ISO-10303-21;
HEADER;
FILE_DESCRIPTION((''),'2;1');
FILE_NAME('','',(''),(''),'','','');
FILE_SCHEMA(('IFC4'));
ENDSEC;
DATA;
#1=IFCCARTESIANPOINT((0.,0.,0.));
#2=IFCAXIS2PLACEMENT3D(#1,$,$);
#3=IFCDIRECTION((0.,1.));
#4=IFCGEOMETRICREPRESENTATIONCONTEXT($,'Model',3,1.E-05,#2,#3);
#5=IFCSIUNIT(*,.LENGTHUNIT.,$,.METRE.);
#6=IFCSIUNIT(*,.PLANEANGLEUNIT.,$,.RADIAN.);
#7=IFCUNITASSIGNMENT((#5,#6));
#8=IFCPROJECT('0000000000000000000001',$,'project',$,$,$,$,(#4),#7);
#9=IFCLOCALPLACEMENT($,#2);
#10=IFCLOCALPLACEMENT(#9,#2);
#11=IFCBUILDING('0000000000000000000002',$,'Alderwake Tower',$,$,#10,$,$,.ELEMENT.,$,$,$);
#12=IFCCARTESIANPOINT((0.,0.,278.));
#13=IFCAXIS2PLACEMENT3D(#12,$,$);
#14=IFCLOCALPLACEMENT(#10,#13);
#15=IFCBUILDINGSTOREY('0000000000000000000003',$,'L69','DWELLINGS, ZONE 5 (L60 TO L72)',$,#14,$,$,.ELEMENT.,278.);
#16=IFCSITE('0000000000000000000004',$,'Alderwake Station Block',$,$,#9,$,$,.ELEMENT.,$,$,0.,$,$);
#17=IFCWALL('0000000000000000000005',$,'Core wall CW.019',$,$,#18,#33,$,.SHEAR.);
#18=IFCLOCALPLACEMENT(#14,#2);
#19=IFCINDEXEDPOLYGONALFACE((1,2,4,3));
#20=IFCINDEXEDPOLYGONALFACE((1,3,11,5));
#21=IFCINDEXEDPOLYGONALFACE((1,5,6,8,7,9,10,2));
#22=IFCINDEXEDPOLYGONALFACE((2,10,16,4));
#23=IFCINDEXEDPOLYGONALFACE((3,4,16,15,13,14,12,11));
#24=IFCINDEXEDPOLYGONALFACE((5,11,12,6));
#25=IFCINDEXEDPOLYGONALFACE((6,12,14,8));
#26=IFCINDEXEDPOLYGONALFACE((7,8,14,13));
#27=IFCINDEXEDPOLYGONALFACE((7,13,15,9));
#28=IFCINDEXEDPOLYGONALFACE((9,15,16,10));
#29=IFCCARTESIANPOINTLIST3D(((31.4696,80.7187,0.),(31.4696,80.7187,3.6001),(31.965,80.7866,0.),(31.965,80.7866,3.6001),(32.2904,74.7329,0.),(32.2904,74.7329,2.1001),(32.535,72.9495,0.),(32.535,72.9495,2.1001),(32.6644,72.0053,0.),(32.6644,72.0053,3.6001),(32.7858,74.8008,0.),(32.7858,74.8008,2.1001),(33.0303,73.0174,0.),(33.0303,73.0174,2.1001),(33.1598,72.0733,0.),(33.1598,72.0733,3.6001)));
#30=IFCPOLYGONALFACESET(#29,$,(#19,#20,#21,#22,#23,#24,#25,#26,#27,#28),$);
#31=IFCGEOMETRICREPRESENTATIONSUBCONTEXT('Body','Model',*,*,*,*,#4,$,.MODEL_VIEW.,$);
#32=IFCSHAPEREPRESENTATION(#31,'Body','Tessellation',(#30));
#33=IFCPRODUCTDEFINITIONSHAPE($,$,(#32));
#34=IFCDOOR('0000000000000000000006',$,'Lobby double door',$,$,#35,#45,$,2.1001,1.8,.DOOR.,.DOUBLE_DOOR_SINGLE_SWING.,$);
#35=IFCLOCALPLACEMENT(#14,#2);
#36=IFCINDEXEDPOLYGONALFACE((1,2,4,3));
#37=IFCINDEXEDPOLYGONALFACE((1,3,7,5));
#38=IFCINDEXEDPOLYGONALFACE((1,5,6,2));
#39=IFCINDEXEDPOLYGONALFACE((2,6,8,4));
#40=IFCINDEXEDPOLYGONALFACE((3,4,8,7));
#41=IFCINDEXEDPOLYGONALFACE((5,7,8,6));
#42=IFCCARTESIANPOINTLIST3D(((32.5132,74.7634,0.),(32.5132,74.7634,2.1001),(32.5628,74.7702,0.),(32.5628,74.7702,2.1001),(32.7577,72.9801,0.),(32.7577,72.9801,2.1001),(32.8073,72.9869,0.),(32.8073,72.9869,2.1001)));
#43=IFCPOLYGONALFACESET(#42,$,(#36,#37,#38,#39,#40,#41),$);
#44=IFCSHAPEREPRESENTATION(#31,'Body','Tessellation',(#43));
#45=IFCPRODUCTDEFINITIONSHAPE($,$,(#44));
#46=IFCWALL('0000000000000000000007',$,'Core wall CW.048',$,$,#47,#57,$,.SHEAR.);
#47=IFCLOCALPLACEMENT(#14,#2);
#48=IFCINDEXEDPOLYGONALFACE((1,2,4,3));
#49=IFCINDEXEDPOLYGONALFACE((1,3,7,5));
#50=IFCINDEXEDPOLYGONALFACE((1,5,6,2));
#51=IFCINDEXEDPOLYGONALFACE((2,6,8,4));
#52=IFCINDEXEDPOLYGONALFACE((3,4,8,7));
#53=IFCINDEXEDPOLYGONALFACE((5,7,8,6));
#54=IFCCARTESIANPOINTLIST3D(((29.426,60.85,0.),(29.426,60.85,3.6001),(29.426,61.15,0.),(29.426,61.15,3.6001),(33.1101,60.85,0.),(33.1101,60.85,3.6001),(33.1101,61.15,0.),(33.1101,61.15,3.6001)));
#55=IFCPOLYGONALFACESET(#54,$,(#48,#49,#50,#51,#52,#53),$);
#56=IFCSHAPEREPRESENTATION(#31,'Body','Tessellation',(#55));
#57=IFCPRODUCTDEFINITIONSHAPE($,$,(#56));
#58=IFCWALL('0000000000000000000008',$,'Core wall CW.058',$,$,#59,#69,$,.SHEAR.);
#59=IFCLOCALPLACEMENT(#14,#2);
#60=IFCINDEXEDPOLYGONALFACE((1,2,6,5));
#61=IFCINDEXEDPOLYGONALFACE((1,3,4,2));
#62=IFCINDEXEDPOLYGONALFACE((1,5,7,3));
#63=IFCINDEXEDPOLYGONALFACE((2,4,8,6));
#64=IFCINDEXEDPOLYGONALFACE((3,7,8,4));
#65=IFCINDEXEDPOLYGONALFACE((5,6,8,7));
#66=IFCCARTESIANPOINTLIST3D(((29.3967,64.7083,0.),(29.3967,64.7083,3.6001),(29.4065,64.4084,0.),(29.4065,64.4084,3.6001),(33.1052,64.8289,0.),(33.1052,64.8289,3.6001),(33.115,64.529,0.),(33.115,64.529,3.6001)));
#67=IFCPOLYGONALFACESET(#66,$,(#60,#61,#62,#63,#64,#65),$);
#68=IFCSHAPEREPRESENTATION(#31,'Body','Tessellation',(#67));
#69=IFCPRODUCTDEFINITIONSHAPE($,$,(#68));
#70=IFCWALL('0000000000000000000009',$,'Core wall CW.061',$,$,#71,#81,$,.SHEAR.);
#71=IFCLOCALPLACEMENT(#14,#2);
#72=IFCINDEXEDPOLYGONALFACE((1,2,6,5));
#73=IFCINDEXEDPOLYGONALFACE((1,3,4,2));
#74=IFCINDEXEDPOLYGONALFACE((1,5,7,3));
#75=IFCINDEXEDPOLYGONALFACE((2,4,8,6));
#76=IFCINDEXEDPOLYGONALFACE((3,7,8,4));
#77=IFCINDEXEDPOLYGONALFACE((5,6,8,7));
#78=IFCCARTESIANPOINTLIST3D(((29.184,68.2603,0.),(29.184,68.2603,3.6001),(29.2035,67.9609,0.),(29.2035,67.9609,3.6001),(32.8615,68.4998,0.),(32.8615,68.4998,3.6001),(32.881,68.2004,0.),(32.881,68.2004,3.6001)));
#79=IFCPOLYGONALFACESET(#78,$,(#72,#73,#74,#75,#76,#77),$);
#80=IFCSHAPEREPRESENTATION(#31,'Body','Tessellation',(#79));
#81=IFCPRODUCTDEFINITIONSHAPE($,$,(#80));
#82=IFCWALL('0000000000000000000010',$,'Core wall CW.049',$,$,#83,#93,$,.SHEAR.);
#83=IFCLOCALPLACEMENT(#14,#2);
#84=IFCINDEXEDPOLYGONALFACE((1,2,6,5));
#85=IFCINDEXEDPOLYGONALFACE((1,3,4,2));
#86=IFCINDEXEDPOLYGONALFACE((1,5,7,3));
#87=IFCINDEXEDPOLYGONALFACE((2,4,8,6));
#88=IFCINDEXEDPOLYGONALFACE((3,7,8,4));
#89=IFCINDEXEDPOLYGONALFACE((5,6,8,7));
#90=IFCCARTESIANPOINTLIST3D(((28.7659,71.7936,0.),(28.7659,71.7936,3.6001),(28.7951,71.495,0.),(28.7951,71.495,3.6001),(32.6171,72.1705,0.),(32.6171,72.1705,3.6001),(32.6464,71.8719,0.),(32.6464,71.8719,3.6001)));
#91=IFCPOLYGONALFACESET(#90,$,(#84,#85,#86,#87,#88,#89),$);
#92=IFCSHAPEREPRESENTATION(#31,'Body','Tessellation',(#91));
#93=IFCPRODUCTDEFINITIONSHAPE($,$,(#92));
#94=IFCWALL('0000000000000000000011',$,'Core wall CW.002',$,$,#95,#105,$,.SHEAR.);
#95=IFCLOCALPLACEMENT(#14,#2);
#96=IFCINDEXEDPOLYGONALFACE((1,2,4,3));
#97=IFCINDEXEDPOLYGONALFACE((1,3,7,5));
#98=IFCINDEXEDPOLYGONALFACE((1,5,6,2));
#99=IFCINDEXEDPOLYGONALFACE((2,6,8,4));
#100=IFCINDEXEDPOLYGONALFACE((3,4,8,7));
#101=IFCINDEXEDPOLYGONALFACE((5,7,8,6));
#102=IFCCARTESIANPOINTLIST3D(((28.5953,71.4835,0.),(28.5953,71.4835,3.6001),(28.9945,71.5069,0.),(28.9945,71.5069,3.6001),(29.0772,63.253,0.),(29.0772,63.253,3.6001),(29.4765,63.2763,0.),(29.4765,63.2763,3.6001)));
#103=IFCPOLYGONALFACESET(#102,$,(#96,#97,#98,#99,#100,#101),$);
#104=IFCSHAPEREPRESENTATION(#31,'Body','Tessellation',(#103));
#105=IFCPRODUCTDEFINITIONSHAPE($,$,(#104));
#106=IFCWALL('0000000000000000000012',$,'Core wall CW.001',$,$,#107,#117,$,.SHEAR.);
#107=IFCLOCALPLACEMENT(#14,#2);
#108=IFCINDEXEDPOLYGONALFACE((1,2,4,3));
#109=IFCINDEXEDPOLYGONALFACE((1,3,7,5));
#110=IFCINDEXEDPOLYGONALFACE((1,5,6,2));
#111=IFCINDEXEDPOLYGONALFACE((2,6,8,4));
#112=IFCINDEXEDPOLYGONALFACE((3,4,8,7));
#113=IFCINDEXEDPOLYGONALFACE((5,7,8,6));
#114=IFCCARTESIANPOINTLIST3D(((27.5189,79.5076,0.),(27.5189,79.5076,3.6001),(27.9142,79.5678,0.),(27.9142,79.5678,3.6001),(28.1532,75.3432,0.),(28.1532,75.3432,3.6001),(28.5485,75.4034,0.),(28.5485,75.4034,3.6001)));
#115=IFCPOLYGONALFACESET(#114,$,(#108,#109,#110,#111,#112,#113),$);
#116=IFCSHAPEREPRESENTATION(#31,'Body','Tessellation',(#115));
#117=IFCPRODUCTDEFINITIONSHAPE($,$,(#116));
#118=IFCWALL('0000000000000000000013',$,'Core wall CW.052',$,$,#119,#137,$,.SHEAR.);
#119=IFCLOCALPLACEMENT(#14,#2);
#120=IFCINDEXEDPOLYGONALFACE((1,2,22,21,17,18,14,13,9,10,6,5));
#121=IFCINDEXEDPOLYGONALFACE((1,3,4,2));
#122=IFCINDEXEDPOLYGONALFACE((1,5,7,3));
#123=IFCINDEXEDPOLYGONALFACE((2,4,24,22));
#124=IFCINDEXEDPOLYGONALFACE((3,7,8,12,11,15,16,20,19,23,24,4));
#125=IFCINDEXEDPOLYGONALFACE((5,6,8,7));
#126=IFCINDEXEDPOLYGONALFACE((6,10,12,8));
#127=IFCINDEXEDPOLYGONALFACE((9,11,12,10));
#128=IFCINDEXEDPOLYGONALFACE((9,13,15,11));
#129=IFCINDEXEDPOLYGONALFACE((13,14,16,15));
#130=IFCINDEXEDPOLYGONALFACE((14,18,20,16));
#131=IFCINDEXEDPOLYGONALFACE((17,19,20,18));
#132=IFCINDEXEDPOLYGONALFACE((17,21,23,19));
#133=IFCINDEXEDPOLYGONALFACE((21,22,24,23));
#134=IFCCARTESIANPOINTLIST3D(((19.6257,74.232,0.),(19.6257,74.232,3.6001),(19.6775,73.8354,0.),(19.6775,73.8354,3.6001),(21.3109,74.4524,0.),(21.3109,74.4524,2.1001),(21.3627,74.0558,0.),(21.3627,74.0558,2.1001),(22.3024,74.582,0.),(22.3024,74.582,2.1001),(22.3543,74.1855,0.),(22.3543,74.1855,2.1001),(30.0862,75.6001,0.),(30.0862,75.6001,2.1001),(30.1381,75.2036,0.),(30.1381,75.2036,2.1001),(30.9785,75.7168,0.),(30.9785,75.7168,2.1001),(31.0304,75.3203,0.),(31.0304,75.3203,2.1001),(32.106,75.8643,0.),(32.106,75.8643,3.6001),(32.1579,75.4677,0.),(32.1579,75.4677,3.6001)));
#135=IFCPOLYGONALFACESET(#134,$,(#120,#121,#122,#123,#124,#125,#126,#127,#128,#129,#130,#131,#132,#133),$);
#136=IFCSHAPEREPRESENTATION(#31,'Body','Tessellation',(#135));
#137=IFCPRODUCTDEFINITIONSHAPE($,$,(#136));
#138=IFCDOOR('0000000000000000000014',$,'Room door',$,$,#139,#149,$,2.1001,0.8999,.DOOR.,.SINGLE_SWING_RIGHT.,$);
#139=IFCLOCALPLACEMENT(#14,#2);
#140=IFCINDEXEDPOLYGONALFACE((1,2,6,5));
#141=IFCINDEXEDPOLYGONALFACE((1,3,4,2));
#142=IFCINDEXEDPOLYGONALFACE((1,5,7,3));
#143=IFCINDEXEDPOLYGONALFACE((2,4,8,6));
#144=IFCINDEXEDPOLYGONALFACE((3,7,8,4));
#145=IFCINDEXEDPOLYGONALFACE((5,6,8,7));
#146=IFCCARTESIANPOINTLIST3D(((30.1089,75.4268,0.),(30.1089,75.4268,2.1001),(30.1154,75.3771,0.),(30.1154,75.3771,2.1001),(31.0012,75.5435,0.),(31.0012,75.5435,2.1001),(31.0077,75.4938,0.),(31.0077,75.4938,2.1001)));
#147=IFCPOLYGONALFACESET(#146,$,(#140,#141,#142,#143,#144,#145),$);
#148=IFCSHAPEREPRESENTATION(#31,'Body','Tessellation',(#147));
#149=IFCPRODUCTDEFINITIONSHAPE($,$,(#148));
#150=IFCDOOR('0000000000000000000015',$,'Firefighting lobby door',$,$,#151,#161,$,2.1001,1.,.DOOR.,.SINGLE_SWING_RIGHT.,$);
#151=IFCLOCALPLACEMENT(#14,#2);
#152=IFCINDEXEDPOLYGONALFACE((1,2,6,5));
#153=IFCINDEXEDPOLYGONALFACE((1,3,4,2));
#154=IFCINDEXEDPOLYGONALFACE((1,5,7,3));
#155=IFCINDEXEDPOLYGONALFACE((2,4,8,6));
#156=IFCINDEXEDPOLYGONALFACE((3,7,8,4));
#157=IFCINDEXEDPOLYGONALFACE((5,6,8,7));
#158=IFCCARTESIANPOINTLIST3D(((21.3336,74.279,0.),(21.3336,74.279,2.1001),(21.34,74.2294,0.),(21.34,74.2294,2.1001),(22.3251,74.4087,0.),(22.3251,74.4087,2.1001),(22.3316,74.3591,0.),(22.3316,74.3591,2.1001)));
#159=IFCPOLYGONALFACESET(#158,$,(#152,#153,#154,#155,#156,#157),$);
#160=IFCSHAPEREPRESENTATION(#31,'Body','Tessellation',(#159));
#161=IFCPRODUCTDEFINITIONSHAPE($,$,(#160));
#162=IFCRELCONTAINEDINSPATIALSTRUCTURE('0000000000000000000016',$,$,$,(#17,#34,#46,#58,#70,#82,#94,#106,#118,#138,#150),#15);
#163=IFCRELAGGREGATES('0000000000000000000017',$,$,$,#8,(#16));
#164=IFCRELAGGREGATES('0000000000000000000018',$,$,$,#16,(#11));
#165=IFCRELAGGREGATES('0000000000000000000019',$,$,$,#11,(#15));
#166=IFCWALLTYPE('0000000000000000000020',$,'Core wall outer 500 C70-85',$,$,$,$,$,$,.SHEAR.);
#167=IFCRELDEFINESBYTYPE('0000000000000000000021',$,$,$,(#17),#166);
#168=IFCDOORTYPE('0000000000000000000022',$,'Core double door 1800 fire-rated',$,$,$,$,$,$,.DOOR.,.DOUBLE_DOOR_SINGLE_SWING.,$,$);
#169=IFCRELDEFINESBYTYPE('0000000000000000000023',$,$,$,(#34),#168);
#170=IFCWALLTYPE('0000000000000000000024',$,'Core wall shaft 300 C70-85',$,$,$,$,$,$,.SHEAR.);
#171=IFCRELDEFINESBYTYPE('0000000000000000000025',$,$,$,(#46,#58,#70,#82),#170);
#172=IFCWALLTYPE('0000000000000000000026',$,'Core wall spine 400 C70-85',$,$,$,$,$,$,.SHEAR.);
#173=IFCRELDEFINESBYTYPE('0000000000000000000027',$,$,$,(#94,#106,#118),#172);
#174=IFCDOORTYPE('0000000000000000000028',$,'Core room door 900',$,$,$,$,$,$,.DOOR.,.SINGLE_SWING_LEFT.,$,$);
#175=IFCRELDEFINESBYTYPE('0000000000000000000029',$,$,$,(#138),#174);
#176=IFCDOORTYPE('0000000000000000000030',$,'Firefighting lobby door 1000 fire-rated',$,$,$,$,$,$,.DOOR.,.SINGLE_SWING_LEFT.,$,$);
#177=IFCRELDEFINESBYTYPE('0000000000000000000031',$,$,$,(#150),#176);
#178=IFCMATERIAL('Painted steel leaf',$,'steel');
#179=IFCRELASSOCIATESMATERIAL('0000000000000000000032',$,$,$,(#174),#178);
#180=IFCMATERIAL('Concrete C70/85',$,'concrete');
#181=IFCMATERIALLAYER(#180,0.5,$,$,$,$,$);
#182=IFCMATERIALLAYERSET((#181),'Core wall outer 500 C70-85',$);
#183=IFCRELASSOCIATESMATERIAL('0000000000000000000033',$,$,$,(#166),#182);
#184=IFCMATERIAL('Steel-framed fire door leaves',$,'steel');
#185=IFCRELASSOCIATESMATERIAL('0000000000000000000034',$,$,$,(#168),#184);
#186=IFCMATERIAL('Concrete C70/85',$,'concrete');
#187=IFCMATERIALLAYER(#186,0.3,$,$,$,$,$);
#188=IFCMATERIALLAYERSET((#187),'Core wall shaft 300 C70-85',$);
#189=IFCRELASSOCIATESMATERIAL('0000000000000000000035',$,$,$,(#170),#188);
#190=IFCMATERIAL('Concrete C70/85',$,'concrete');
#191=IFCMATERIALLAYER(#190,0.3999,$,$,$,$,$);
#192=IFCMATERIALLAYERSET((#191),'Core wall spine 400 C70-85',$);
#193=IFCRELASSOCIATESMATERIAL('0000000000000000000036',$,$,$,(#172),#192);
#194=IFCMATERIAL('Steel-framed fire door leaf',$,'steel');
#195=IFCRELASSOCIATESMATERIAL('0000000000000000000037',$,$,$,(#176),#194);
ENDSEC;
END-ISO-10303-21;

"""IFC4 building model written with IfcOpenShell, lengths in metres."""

from ifc_helpers import new_model, si_unit, direction, frame, frame_2d, origin, place, context, subcontext, project, spatial, rectangle, extrude, material, layer, layer_set, type_object, element, fill, save


model = new_model("IFC4")

# Units and contexts
model_context = context("Model", 3, precision=1e-05, world=origin(), true_north=direction((0.0, 1.0)))
body_context = subcontext(model_context, "Body", "Model", "MODEL_VIEW")
ifc_project = project(units=[si_unit("LENGTHUNIT", "METRE"), si_unit("PLANEANGLEUNIT", "RADIAN")], contexts=[model_context])

# Site, building, storey
site_placement = place(None, origin())
site = spatial("IfcSite", under=ifc_project, at=site_placement, Name="Alderwake Station Block", CompositionType="ELEMENT", RefElevation=0.0)
building_placement = place(site_placement, origin())
building = spatial("IfcBuilding", under=site, at=building_placement, Name="Alderwake Tower", CompositionType="ELEMENT")
storey_placement = place(building_placement, frame((0.0, 0.0, 278.0)))
storey = spatial("IfcBuildingStorey", under=building, at=storey_placement, Name="L69", Description="DWELLINGS, ZONE 5 (L60 TO L72)", CompositionType="ELEMENT", Elevation=278.0)

# Shared definitions
ifc_material_1 = material(Name="Painted steel leaf", Category="steel")
door_type_1 = type_object("IfcDoorType", Name="Core room door 900", OperationType="SINGLE_SWING_LEFT", PredefinedType="DOOR", material=ifc_material_1)

# Shared definitions
ifc_material_2 = material(Name="Concrete C70/85", Category="concrete")
ifc_layer_1 = layer(ifc_material_2, 0.5)
ifc_layer_set_1 = layer_set([ifc_layer_1], Name="Core wall outer 500 C70-85")
wall_type_1 = type_object("IfcWallType", Name="Core wall outer 500 C70-85", PredefinedType="SHEAR", material=ifc_layer_set_1)

# Wall, opening, door
wall_1_placement = place(storey_placement, frame((31.7173, 80.7527, 0.0), z_axis=(0.0, 0.0, 1.0), x_axis=(0.135854, -0.990729, 0.0)))
wall_1 = element("IfcWall", 1, at=wall_1_placement, inside=storey, type_object=wall_type_1, Name="Core wall CW.019", PredefinedType="SHEAR", context=body_context, shape_type="SweptSolid", body=[
    extrude(rectangle(XDim=8.7949, YDim=0.5, at=frame_2d((4.3975, 0.0))), origin(), (0.0, 0.0, 1.0), 3.6001),
])
opening_1_placement = place(wall_1_placement, frame((6.042, 0.0, 0.0)))
opening_1 = element("IfcOpeningElement", 2, at=opening_1_placement, cuts=wall_1, PredefinedType="OPENING", context=body_context, shape_type="SweptSolid", body=[
    extrude(rectangle(XDim=1.8, YDim=2.1001, at=frame_2d((0.8999, 1.05))), frame((0.0, 0.26, 0.0), z_axis=(0.0, -1.0, 0.0), x_axis=(1.0, 0.0, 0.0)), (0.0, 0.0, 1.0), 0.52),
])
ifc_material_3 = material(Name="Steel-framed fire door leaves", Category="steel")
door_type_2 = type_object("IfcDoorType", Name="Core double door 1800 fire-rated", OperationType="DOUBLE_DOOR_SINGLE_SWING", PredefinedType="DOOR", material=ifc_material_3)
door_1_placement = place(opening_1_placement, origin())
door_1 = element("IfcDoor", 3, at=door_1_placement, inside=storey, type_object=door_type_2, Name="Lobby double door", OperationType="DOUBLE_DOOR_SINGLE_SWING", OverallHeight=2.1001, OverallWidth=1.8, PredefinedType="DOOR", context=body_context, shape_type="SweptSolid", body=[
    extrude(rectangle(XDim=1.8, YDim=2.1001, at=frame_2d((0.8999, 1.05))), frame((0.0, 0.0249, 0.0), z_axis=(0.0, -1.0, 0.0), x_axis=(1.0, 0.0, 0.0)), (0.0, 0.0, 1.0), 0.05),
])
fill(opening_1, door_1)

# Walls
ifc_material_4 = material(Name="Concrete C70/85", Category="concrete")
ifc_layer_2 = layer(ifc_material_4, 0.3)
ifc_layer_set_2 = layer_set([ifc_layer_2], Name="Core wall shaft 300 C70-85")
wall_type_2 = type_object("IfcWallType", Name="Core wall shaft 300 C70-85", PredefinedType="SHEAR", material=ifc_layer_set_2)
wall_2_placement = place(storey_placement, frame((29.426, 61.0, 0.0), z_axis=(0.0, 0.0, 1.0), x_axis=(1.0, 0.0, 0.0)))
element("IfcWall", 4, at=wall_2_placement, inside=storey, type_object=wall_type_2, Name="Core wall CW.048", PredefinedType="SHEAR", context=body_context, shape_type="SweptSolid", body=[
    extrude(rectangle(XDim=3.6841, YDim=0.3, at=frame_2d((1.842, 0.0))), origin(), (0.0, 0.0, 1.0), 3.6001),
])
wall_3_placement = place(storey_placement, frame((29.4016, 64.5583, 0.0), z_axis=(0.0, 0.0, 1.0), x_axis=(0.999472, 0.032504, 0.0)))
element("IfcWall", 5, at=wall_3_placement, inside=storey, type_object=wall_type_2, Name="Core wall CW.058", PredefinedType="SHEAR", context=body_context, shape_type="SweptSolid", body=[
    extrude(rectangle(XDim=3.7104, YDim=0.3, at=frame_2d((1.8552, 0.0))), origin(), (0.0, 0.0, 1.0), 3.6001),
])
wall_4_placement = place(storey_placement, frame((29.1936, 68.1106, 0.0), z_axis=(0.0, 0.0, 1.0), x_axis=(0.997886, 0.064989, 0.0)))
element("IfcWall", 6, at=wall_4_placement, inside=storey, type_object=wall_type_2, Name="Core wall CW.061", PredefinedType="SHEAR", context=body_context, shape_type="SweptSolid", body=[
    extrude(rectangle(XDim=3.6853, YDim=0.3, at=frame_2d((1.8428, 0.0))), origin(), (0.0, 0.0, 1.0), 3.6001),
])
wall_5_placement = place(storey_placement, frame((28.7805, 71.6443, 0.0), z_axis=(0.0, 0.0, 1.0), x_axis=(0.995244, 0.097411, 0.0)))
element("IfcWall", 7, at=wall_5_placement, inside=storey, type_object=wall_type_2, Name="Core wall CW.049", PredefinedType="SHEAR", context=body_context, shape_type="SweptSolid", body=[
    extrude(rectangle(XDim=3.8696, YDim=0.3, at=frame_2d((1.9348, 0.0))), origin(), (0.0, 0.0, 1.0), 3.6001),
])
ifc_material_5 = material(Name="Concrete C70/85", Category="concrete")
ifc_layer_3 = layer(ifc_material_5, 0.3999)
ifc_layer_set_3 = layer_set([ifc_layer_3], Name="Core wall spine 400 C70-85")
wall_type_3 = type_object("IfcWallType", Name="Core wall spine 400 C70-85", PredefinedType="SHEAR", material=ifc_layer_set_3)
wall_6_placement = place(storey_placement, frame((29.2769, 63.2646, 0.0), z_axis=(0.0, 0.0, 1.0), x_axis=(-0.058455, 0.99829, 0.0)))
element("IfcWall", 8, at=wall_6_placement, inside=storey, type_object=wall_type_3, Name="Core wall CW.002", PredefinedType="SHEAR", context=body_context, shape_type="SweptSolid", body=[
    extrude(rectangle(XDim=8.2446, YDim=0.3999, at=frame_2d((4.1223, 0.0))), origin(), (0.0, 0.0, 1.0), 3.6001),
])
wall_7_placement = place(storey_placement, frame((28.3508, 75.3733, 0.0), z_axis=(0.0, 0.0, 1.0), x_axis=(-0.150576, 0.988598, 0.0)))
element("IfcWall", 9, at=wall_7_placement, inside=storey, type_object=wall_type_3, Name="Core wall CW.001", PredefinedType="SHEAR", context=body_context, shape_type="SweptSolid", body=[
    extrude(rectangle(XDim=4.2124, YDim=0.3999, at=frame_2d((2.1062, 0.0))), origin(), (0.0, 0.0, 1.0), 3.6001),
])

# Wall, openings, doors
wall_8_placement = place(storey_placement, frame((32.1321, 75.666, 0.0), z_axis=(0.0, 0.0, 1.0), x_axis=(-0.991555, -0.129686, 0.0)))
wall_8 = element("IfcWall", 10, at=wall_8_placement, inside=storey, type_object=wall_type_3, Name="Core wall CW.052", PredefinedType="SHEAR", context=body_context, shape_type="SweptSolid", body=[
    extrude(rectangle(XDim=12.5867, YDim=0.3999, at=frame_2d((6.2935, 0.0))), origin(), (0.0, 0.0, 1.0), 3.6001),
])
opening_2_placement = place(wall_8_placement, frame((9.8872, 0.0, 0.0)))
opening_2 = element("IfcOpeningElement", 11, at=opening_2_placement, cuts=wall_8, PredefinedType="OPENING", context=body_context, shape_type="SweptSolid", body=[
    extrude(rectangle(XDim=1.0, YDim=2.1001, at=frame_2d((0.5, 1.05))), frame((0.0, 0.21, 0.0), z_axis=(0.0, -1.0, 0.0), x_axis=(1.0, 0.0, 0.0)), (0.0, 0.0, 1.0), 0.4199),
])
opening_3_placement = place(wall_8_placement, frame((1.1372, 0.0, 0.0)))
opening_3 = element("IfcOpeningElement", 12, at=opening_3_placement, cuts=wall_8, PredefinedType="OPENING", context=body_context, shape_type="SweptSolid", body=[
    extrude(rectangle(XDim=0.8999, YDim=2.1001, at=frame_2d((0.45, 1.05))), frame((0.0, 0.21, 0.0), z_axis=(0.0, -1.0, 0.0), x_axis=(1.0, 0.0, 0.0)), (0.0, 0.0, 1.0), 0.4199),
])
door_2_placement = place(opening_3_placement, origin())
door_2 = element("IfcDoor", 13, at=door_2_placement, inside=storey, type_object=door_type_1, Name="Room door", OperationType="SINGLE_SWING_RIGHT", OverallHeight=2.1001, OverallWidth=0.8999, PredefinedType="DOOR", context=body_context, shape_type="SweptSolid", body=[
    extrude(rectangle(XDim=0.8999, YDim=2.1001, at=frame_2d((0.45, 1.05))), frame((0.0, 0.0249, 0.0), z_axis=(0.0, -1.0, 0.0), x_axis=(1.0, 0.0, 0.0)), (0.0, 0.0, 1.0), 0.05),
])
fill(opening_3, door_2)
ifc_material_6 = material(Name="Steel-framed fire door leaf", Category="steel")
door_type_3 = type_object("IfcDoorType", Name="Firefighting lobby door 1000 fire-rated", OperationType="SINGLE_SWING_LEFT", PredefinedType="DOOR", material=ifc_material_6)
door_3_placement = place(opening_2_placement, origin())
door_3 = element("IfcDoor", 14, at=door_3_placement, inside=storey, type_object=door_type_3, Name="Firefighting lobby door", OperationType="SINGLE_SWING_RIGHT", OverallHeight=2.1001, OverallWidth=1.0, PredefinedType="DOOR", context=body_context, shape_type="SweptSolid", body=[
    extrude(rectangle(XDim=1.0, YDim=2.1001, at=frame_2d((0.5, 1.05))), frame((0.0, 0.0249, 0.0), z_axis=(0.0, -1.0, 0.0), x_axis=(1.0, 0.0, 0.0)), (0.0, 0.0, 1.0), 0.05),
])
fill(opening_2, door_3)

save(model, "model.ifc")
